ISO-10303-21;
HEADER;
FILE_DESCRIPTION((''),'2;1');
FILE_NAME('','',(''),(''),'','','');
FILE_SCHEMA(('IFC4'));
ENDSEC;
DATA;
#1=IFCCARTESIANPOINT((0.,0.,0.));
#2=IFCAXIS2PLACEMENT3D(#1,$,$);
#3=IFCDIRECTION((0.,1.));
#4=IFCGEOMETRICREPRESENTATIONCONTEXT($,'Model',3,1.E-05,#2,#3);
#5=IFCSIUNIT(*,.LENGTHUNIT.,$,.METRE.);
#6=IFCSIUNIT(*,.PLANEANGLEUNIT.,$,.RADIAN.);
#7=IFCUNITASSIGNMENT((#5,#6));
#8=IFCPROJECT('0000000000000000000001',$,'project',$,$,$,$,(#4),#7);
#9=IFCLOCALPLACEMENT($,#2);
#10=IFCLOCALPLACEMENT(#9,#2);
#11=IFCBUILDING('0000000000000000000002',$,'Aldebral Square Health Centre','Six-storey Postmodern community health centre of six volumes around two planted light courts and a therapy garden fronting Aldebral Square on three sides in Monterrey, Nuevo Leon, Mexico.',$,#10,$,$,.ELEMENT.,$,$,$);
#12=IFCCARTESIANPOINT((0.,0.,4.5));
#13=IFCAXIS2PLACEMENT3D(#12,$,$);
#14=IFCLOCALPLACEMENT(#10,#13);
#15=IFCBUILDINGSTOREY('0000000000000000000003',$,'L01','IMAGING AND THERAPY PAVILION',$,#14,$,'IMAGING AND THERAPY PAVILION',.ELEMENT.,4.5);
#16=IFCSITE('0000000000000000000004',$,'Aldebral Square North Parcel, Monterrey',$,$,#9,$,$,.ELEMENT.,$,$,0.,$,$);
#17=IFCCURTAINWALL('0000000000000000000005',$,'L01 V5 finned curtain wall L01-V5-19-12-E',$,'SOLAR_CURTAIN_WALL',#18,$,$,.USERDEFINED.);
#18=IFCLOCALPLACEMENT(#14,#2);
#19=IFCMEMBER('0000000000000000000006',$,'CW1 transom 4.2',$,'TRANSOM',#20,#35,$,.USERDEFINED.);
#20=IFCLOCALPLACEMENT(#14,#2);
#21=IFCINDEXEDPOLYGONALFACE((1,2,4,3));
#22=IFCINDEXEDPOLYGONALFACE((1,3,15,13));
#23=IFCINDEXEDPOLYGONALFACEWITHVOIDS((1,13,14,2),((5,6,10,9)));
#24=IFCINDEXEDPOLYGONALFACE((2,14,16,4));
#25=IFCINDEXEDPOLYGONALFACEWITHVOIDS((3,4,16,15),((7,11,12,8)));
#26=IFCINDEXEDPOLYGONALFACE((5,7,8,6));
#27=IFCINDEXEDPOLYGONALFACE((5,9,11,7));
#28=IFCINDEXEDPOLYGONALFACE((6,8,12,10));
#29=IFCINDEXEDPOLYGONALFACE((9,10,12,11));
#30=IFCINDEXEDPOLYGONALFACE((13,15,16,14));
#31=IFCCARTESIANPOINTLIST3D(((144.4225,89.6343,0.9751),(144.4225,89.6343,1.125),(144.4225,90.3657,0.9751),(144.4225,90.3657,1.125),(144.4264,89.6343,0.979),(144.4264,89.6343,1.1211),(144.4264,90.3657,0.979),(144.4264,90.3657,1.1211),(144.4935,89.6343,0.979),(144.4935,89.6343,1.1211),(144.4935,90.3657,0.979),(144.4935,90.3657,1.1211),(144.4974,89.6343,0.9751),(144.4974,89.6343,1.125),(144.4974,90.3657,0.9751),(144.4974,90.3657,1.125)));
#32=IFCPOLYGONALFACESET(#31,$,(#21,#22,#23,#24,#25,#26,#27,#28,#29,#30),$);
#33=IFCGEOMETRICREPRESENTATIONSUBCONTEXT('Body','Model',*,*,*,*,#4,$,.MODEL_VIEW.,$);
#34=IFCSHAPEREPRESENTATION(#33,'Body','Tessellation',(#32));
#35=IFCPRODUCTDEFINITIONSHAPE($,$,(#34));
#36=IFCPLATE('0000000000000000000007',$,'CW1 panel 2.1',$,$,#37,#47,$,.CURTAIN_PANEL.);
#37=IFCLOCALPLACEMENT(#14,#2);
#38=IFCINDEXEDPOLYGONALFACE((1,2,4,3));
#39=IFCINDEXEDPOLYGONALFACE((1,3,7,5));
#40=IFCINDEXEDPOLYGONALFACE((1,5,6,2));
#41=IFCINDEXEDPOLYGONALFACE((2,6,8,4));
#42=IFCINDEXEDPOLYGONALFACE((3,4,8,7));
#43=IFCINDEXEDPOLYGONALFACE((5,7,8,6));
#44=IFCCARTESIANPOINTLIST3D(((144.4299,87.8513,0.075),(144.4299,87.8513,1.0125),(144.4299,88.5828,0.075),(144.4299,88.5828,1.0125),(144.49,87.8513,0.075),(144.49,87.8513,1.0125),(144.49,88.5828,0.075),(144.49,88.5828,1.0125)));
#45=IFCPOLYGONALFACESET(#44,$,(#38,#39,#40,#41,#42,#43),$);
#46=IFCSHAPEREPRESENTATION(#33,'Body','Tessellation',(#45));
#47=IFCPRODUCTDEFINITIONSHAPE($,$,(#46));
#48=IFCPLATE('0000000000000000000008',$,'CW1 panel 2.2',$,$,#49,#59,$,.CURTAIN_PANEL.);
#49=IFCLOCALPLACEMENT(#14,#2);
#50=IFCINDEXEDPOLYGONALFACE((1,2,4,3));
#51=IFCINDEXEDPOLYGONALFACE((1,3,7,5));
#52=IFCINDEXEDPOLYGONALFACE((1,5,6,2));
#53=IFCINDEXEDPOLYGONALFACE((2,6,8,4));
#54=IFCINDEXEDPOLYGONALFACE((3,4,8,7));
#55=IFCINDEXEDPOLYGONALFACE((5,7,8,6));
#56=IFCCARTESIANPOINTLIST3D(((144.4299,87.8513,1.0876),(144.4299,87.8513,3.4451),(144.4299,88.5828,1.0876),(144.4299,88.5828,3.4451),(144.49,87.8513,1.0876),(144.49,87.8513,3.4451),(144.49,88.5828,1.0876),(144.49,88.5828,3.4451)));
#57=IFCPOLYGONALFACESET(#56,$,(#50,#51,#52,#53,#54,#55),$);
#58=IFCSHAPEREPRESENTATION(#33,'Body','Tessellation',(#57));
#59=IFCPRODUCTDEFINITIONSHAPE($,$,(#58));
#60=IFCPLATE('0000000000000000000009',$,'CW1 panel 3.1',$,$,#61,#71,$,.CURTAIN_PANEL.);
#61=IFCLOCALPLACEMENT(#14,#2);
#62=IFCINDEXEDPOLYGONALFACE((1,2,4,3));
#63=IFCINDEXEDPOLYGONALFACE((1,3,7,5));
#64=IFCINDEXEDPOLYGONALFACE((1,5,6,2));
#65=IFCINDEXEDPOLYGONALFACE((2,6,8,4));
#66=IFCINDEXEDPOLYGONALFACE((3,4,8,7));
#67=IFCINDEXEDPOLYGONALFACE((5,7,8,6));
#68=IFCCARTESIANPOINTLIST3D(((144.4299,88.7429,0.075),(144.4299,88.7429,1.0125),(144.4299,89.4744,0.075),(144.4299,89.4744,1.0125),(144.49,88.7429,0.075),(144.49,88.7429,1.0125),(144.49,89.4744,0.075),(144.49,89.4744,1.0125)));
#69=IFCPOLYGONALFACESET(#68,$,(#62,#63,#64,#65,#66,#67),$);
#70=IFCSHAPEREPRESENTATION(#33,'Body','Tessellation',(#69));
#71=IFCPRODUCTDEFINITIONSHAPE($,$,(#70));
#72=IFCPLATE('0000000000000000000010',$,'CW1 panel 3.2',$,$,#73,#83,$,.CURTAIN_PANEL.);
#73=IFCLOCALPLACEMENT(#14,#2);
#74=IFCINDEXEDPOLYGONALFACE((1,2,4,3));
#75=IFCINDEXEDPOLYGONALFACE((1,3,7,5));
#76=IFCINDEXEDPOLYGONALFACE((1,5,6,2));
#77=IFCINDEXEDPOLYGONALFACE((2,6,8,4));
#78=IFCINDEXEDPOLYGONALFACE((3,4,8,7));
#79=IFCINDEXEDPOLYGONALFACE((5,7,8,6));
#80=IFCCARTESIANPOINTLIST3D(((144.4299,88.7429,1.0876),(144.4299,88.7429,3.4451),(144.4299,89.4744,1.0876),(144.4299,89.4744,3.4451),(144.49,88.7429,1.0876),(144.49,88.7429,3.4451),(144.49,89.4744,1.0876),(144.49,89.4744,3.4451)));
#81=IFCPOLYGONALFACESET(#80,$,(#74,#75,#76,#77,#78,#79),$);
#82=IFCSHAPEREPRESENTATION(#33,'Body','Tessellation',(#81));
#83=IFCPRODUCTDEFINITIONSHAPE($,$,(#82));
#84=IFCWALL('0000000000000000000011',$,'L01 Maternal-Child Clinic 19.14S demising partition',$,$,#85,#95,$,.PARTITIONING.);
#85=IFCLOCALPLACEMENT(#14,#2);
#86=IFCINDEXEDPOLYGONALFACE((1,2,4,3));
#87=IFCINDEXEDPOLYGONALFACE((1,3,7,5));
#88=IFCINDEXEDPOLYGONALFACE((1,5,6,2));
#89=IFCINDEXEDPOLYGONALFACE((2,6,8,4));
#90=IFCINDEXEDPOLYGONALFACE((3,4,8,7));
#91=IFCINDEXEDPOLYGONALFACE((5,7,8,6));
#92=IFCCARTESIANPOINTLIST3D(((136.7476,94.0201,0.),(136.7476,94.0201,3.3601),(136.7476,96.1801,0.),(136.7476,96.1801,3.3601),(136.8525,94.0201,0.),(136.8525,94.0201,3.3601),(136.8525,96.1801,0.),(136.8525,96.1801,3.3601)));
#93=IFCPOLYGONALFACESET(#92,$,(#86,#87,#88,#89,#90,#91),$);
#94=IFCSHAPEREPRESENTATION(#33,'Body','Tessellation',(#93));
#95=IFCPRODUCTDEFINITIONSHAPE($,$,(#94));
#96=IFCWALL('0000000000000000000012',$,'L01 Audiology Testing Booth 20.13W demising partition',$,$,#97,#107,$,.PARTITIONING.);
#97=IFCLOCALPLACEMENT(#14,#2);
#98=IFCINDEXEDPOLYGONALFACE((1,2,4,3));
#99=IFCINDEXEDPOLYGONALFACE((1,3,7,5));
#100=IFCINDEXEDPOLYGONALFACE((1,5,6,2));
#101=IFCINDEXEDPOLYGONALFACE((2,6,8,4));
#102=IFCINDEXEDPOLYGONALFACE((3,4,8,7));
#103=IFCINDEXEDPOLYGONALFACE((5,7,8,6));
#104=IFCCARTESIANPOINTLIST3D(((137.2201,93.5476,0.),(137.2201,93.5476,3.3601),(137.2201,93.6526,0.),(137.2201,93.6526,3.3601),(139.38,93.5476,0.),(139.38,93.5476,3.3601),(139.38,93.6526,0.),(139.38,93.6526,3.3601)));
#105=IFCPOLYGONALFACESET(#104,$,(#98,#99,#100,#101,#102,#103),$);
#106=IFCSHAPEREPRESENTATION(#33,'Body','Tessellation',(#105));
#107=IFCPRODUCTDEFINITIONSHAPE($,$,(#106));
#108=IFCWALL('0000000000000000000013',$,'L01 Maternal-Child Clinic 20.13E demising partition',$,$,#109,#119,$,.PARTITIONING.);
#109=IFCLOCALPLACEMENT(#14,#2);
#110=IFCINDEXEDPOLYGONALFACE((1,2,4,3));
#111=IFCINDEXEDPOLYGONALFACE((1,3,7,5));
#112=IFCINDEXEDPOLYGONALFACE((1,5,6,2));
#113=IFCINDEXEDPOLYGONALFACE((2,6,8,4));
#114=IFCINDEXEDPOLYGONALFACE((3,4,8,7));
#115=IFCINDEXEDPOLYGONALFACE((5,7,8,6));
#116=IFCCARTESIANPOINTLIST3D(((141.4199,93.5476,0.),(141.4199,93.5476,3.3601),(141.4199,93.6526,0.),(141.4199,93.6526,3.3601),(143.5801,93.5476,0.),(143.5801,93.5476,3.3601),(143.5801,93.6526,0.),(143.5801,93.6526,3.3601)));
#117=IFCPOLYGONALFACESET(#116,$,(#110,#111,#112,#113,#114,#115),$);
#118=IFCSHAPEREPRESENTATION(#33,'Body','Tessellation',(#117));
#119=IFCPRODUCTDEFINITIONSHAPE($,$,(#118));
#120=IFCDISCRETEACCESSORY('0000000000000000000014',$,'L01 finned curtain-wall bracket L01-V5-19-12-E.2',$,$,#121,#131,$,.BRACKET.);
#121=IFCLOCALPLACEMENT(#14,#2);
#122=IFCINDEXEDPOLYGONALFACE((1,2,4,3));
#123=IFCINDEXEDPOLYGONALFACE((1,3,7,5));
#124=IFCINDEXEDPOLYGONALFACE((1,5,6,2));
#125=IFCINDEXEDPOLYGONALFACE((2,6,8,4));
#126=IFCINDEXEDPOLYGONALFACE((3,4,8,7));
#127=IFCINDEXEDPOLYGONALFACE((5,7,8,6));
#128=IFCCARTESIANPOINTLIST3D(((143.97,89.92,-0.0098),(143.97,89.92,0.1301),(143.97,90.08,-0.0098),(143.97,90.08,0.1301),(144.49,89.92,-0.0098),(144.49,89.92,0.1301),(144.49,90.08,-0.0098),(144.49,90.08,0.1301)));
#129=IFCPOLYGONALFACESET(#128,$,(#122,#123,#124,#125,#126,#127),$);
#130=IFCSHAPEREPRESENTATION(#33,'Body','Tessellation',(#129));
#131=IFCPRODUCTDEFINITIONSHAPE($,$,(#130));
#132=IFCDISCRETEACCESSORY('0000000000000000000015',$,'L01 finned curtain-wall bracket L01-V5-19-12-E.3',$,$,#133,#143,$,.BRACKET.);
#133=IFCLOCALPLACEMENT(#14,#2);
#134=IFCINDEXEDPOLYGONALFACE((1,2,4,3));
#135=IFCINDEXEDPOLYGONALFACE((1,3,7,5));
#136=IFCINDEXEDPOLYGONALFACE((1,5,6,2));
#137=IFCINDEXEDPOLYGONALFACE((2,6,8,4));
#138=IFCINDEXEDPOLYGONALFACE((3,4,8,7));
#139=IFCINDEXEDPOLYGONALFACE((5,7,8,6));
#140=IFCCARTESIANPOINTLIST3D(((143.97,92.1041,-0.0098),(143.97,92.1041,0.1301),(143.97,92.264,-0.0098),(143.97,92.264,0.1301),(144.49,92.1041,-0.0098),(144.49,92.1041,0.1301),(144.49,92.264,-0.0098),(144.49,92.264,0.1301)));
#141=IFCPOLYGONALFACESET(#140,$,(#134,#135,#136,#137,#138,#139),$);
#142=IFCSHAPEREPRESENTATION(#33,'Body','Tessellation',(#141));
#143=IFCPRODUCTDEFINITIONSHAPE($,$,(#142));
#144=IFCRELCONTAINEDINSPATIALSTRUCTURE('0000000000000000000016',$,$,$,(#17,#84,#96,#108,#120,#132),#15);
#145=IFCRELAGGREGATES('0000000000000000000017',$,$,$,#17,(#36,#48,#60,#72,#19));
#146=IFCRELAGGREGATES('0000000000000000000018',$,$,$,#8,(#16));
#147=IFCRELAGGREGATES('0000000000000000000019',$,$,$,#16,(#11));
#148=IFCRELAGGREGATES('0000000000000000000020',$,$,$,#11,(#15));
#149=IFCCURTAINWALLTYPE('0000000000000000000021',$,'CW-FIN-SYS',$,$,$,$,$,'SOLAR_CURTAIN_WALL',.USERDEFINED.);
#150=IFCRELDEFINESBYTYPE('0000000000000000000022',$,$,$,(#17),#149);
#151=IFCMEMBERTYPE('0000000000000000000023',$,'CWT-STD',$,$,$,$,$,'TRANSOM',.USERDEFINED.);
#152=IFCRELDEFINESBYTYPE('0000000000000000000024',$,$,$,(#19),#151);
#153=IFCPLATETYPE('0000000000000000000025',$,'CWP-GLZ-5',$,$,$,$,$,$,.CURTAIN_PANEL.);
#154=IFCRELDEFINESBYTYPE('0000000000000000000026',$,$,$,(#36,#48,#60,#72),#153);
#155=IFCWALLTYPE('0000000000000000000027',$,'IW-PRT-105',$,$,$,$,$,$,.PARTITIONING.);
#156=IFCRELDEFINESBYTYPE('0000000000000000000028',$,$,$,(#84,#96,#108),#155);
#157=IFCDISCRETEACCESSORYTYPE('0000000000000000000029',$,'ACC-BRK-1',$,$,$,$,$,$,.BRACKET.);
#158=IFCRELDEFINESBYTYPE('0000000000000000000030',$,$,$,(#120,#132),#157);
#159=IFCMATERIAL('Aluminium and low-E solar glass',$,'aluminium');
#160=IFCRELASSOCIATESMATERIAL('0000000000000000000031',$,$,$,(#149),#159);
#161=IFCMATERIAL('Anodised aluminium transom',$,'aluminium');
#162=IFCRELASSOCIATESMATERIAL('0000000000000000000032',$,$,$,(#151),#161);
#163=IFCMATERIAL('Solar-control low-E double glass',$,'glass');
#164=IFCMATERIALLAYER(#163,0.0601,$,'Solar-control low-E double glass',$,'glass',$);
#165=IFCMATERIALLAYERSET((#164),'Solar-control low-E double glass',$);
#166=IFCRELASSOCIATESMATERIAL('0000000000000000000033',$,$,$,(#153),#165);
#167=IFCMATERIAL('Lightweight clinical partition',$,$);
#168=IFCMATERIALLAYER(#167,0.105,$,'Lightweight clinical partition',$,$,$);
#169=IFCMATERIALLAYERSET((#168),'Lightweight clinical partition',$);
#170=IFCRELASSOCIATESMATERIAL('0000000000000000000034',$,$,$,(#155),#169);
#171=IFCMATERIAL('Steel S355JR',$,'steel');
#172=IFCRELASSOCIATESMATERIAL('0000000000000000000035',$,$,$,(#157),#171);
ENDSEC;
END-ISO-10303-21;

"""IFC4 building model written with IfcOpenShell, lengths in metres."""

from ifc_helpers import new_model, si_unit, direction, frame, frame_2d, origin, origin_2d, place, context, subcontext, project, spatial, rectangle, hollow_rectangle, extrude, material, layer, layer_set, material_profile, profile_set, type_object, element, aggregate, save


model = new_model("IFC4")

# Units and contexts
model_context = context("Model", 3, precision=1e-05, world=origin(), true_north=direction((0.0, 1.0)))
body_context = subcontext(model_context, "Body", "Model", "MODEL_VIEW")
ifc_project = project(units=[si_unit("LENGTHUNIT", "METRE"), si_unit("PLANEANGLEUNIT", "RADIAN")], contexts=[model_context])

# Site, building, storey
site_placement = place(None, origin())
site = spatial("IfcSite", under=ifc_project, at=site_placement, Name="Aldebral Square North Parcel, Monterrey", CompositionType="ELEMENT", RefElevation=0.0)
building_placement = place(site_placement, origin())
building = spatial("IfcBuilding", under=site, at=building_placement, Name="Aldebral Square Health Centre", Description="Six-storey Postmodern community health centre of six volumes around two planted light courts and a therapy garden fronting Aldebral Square on three sides in Monterrey, Nuevo Leon, Mexico.", CompositionType="ELEMENT")
storey_placement = place(building_placement, frame((0.0, 0.0, 4.5)))
storey = spatial("IfcBuildingStorey", under=building, at=storey_placement, Name="L01", Description="IMAGING AND THERAPY PAVILION", LongName="IMAGING AND THERAPY PAVILION", CompositionType="ELEMENT", Elevation=4.5)

# Curtain wall, member, plates
ifc_material_1 = material(Name="Aluminium and low-E solar glass", Category="aluminium")
curtain_wall_type = type_object("IfcCurtainWallType", Name="CW-FIN-SYS", ElementType="SOLAR_CURTAIN_WALL", PredefinedType="USERDEFINED", material=ifc_material_1)
curtain_wall_placement = place(storey_placement, origin())
curtain_wall = element("IfcCurtainWall", 1, at=curtain_wall_placement, inside=storey, type_object=curtain_wall_type, Name="L01 V5 finned curtain wall L01-V5-19-12-E", ObjectType="SOLAR_CURTAIN_WALL", PredefinedType="USERDEFINED")
ifc_material_2 = material(Name="Anodised aluminium transom", Category="aluminium")
ifc_material_profile_1 = material_profile(ifc_material_2, hollow_rectangle(XDim=0.075, YDim=0.1499, WallThickness=0.0039, at=origin_2d()), Name="CWT 75x150x4")
ifc_profile_set_1 = profile_set([ifc_material_profile_1], Name="Anodised aluminium transom")
member_type_1 = type_object("IfcMemberType", Name="CWT-STD", ElementType="TRANSOM", PredefinedType="USERDEFINED", material=ifc_profile_set_1)
member_1_placement = place(storey_placement, frame((144.46, 89.6343, 1.05), z_axis=(0.0, 1.0, 0.0), x_axis=(-1.0, 0.0, 0.0)))
member_1 = element("IfcMember", 2, at=member_1_placement, type_object=member_type_1, Name="CW1 transom 4.2", ObjectType="TRANSOM", PredefinedType="USERDEFINED", context=body_context, shape_type="SweptSolid", body=[
    extrude(hollow_rectangle(XDim=0.075, YDim=0.1499, WallThickness=0.0039, at=origin_2d()), origin(), (0.0, 0.0, 1.0), 0.7314),
])
ifc_material_3 = material(Name="Solar-control low-E double glass", Category="glass")
ifc_layer_1 = layer(ifc_material_3, 0.0601, Name="Solar-control low-E double glass", Category="glass")
ifc_layer_set_1 = layer_set([ifc_layer_1], Name="Solar-control low-E double glass")
plate_type = type_object("IfcPlateType", Name="CWP-GLZ-5", PredefinedType="CURTAIN_PANEL", material=ifc_layer_set_1)
plate_1_placement = place(storey_placement, frame((144.46, 88.217, 0.075), z_axis=(0.0, 0.0, 1.0), x_axis=(0.0, 1.0, 0.0)))
plate_1 = element("IfcPlate", 3, at=plate_1_placement, type_object=plate_type, Name="CW1 panel 2.1", PredefinedType="CURTAIN_PANEL", context=body_context, shape_type="SweptSolid", body=[
    extrude(rectangle(XDim=0.7314, YDim=0.0601, at=origin_2d()), origin(), (0.0, 0.0, 1.0), 0.9375),
])
plate_2_placement = place(storey_placement, frame((144.46, 88.217, 1.0876), z_axis=(0.0, 0.0, 1.0), x_axis=(0.0, 1.0, 0.0)))
plate_2 = element("IfcPlate", 4, at=plate_2_placement, type_object=plate_type, Name="CW1 panel 2.2", PredefinedType="CURTAIN_PANEL", context=body_context, shape_type="SweptSolid", body=[
    extrude(rectangle(XDim=0.7314, YDim=0.0601, at=origin_2d()), origin(), (0.0, 0.0, 1.0), 2.3574),
])
plate_3_placement = place(storey_placement, frame((144.46, 89.1086, 0.075), z_axis=(0.0, 0.0, 1.0), x_axis=(0.0, 1.0, 0.0)))
plate_3 = element("IfcPlate", 5, at=plate_3_placement, type_object=plate_type, Name="CW1 panel 3.1", PredefinedType="CURTAIN_PANEL", context=body_context, shape_type="SweptSolid", body=[
    extrude(rectangle(XDim=0.7314, YDim=0.0601, at=origin_2d()), origin(), (0.0, 0.0, 1.0), 0.9375),
])
plate_4_placement = place(storey_placement, frame((144.46, 89.1086, 1.0876), z_axis=(0.0, 0.0, 1.0), x_axis=(0.0, 1.0, 0.0)))
plate_4 = element("IfcPlate", 6, at=plate_4_placement, type_object=plate_type, Name="CW1 panel 3.2", PredefinedType="CURTAIN_PANEL", context=body_context, shape_type="SweptSolid", body=[
    extrude(rectangle(XDim=0.7314, YDim=0.0601, at=origin_2d()), origin(), (0.0, 0.0, 1.0), 2.3574),
])
aggregate(curtain_wall, [plate_1, plate_2, plate_3, plate_4, member_1])

# Walls
ifc_material_4 = material(Name="Lightweight clinical partition")
ifc_layer_2 = layer(ifc_material_4, 0.105, Name="Lightweight clinical partition")
ifc_layer_set_2 = layer_set([ifc_layer_2], Name="Lightweight clinical partition")
wall_type = type_object("IfcWallType", Name="IW-PRT-105", PredefinedType="PARTITIONING", material=ifc_layer_set_2)
for number, where, z_axis, x_axis, name in (
    (7, (136.8, 94.02, 0.0), (0.0, 0.0, 1.0), (0.0, 1.0, 0.0), "L01 Maternal-Child Clinic 19.14S demising partition"),
    (8, (137.22, 93.6001, 0.0), (0.0, 0.0, 1.0), (1.0, 0.0, 0.0), "L01 Audiology Testing Booth 20.13W demising partition"),
):
    element("IfcWall", number, at=place(storey_placement, frame(where, z_axis=z_axis, x_axis=x_axis)), inside=storey, type_object=wall_type, Name=name, PredefinedType="PARTITIONING", context=body_context, shape_type="SweptSolid", body=[
        extrude(rectangle(XDim=2.1599, YDim=0.105, at=frame_2d((1.0801, 0.0))), origin(), (0.0, 0.0, 1.0), 3.3601),
    ])
wall_placement = place(storey_placement, frame((141.4199, 93.6001, 0.0), z_axis=(0.0, 0.0, 1.0), x_axis=(1.0, 0.0, 0.0)))
element("IfcWall", 9, at=wall_placement, inside=storey, type_object=wall_type, Name="L01 Maternal-Child Clinic 20.13E demising partition", PredefinedType="PARTITIONING", context=body_context, shape_type="SweptSolid", body=[
    extrude(rectangle(XDim=2.1602, YDim=0.105, at=frame_2d((1.0801, 0.0))), origin(), (0.0, 0.0, 1.0), 3.3601),
])

# Discrete accessories
ifc_material_5 = material(Name="Steel S355JR", Category="steel")
discrete_accessory_type = type_object("IfcDiscreteAccessoryType", Name="ACC-BRK-1", PredefinedType="BRACKET", material=ifc_material_5)
for number, where, z_axis, x_axis, name in (
    (10, (144.23, 90.0, -0.0098), (0.0, 0.0, 1.0), (0.0, 1.0, 0.0), "L01 finned curtain-wall bracket L01-V5-19-12-E.2"),
    (11, (144.23, 92.1841, -0.0098), (0.0, 0.0, 1.0), (0.0, 1.0, 0.0), "L01 finned curtain-wall bracket L01-V5-19-12-E.3"),
):
    element("IfcDiscreteAccessory", number, at=place(storey_placement, frame(where, z_axis=z_axis, x_axis=x_axis)), inside=storey, type_object=discrete_accessory_type, Name=name, PredefinedType="BRACKET", context=body_context, shape_type="SweptSolid", body=[
        extrude(rectangle(XDim=0.1599, YDim=0.52, at=origin_2d()), origin(), (0.0, 0.0, 1.0), 0.1399),
    ])

save(model, "model.ifc")
